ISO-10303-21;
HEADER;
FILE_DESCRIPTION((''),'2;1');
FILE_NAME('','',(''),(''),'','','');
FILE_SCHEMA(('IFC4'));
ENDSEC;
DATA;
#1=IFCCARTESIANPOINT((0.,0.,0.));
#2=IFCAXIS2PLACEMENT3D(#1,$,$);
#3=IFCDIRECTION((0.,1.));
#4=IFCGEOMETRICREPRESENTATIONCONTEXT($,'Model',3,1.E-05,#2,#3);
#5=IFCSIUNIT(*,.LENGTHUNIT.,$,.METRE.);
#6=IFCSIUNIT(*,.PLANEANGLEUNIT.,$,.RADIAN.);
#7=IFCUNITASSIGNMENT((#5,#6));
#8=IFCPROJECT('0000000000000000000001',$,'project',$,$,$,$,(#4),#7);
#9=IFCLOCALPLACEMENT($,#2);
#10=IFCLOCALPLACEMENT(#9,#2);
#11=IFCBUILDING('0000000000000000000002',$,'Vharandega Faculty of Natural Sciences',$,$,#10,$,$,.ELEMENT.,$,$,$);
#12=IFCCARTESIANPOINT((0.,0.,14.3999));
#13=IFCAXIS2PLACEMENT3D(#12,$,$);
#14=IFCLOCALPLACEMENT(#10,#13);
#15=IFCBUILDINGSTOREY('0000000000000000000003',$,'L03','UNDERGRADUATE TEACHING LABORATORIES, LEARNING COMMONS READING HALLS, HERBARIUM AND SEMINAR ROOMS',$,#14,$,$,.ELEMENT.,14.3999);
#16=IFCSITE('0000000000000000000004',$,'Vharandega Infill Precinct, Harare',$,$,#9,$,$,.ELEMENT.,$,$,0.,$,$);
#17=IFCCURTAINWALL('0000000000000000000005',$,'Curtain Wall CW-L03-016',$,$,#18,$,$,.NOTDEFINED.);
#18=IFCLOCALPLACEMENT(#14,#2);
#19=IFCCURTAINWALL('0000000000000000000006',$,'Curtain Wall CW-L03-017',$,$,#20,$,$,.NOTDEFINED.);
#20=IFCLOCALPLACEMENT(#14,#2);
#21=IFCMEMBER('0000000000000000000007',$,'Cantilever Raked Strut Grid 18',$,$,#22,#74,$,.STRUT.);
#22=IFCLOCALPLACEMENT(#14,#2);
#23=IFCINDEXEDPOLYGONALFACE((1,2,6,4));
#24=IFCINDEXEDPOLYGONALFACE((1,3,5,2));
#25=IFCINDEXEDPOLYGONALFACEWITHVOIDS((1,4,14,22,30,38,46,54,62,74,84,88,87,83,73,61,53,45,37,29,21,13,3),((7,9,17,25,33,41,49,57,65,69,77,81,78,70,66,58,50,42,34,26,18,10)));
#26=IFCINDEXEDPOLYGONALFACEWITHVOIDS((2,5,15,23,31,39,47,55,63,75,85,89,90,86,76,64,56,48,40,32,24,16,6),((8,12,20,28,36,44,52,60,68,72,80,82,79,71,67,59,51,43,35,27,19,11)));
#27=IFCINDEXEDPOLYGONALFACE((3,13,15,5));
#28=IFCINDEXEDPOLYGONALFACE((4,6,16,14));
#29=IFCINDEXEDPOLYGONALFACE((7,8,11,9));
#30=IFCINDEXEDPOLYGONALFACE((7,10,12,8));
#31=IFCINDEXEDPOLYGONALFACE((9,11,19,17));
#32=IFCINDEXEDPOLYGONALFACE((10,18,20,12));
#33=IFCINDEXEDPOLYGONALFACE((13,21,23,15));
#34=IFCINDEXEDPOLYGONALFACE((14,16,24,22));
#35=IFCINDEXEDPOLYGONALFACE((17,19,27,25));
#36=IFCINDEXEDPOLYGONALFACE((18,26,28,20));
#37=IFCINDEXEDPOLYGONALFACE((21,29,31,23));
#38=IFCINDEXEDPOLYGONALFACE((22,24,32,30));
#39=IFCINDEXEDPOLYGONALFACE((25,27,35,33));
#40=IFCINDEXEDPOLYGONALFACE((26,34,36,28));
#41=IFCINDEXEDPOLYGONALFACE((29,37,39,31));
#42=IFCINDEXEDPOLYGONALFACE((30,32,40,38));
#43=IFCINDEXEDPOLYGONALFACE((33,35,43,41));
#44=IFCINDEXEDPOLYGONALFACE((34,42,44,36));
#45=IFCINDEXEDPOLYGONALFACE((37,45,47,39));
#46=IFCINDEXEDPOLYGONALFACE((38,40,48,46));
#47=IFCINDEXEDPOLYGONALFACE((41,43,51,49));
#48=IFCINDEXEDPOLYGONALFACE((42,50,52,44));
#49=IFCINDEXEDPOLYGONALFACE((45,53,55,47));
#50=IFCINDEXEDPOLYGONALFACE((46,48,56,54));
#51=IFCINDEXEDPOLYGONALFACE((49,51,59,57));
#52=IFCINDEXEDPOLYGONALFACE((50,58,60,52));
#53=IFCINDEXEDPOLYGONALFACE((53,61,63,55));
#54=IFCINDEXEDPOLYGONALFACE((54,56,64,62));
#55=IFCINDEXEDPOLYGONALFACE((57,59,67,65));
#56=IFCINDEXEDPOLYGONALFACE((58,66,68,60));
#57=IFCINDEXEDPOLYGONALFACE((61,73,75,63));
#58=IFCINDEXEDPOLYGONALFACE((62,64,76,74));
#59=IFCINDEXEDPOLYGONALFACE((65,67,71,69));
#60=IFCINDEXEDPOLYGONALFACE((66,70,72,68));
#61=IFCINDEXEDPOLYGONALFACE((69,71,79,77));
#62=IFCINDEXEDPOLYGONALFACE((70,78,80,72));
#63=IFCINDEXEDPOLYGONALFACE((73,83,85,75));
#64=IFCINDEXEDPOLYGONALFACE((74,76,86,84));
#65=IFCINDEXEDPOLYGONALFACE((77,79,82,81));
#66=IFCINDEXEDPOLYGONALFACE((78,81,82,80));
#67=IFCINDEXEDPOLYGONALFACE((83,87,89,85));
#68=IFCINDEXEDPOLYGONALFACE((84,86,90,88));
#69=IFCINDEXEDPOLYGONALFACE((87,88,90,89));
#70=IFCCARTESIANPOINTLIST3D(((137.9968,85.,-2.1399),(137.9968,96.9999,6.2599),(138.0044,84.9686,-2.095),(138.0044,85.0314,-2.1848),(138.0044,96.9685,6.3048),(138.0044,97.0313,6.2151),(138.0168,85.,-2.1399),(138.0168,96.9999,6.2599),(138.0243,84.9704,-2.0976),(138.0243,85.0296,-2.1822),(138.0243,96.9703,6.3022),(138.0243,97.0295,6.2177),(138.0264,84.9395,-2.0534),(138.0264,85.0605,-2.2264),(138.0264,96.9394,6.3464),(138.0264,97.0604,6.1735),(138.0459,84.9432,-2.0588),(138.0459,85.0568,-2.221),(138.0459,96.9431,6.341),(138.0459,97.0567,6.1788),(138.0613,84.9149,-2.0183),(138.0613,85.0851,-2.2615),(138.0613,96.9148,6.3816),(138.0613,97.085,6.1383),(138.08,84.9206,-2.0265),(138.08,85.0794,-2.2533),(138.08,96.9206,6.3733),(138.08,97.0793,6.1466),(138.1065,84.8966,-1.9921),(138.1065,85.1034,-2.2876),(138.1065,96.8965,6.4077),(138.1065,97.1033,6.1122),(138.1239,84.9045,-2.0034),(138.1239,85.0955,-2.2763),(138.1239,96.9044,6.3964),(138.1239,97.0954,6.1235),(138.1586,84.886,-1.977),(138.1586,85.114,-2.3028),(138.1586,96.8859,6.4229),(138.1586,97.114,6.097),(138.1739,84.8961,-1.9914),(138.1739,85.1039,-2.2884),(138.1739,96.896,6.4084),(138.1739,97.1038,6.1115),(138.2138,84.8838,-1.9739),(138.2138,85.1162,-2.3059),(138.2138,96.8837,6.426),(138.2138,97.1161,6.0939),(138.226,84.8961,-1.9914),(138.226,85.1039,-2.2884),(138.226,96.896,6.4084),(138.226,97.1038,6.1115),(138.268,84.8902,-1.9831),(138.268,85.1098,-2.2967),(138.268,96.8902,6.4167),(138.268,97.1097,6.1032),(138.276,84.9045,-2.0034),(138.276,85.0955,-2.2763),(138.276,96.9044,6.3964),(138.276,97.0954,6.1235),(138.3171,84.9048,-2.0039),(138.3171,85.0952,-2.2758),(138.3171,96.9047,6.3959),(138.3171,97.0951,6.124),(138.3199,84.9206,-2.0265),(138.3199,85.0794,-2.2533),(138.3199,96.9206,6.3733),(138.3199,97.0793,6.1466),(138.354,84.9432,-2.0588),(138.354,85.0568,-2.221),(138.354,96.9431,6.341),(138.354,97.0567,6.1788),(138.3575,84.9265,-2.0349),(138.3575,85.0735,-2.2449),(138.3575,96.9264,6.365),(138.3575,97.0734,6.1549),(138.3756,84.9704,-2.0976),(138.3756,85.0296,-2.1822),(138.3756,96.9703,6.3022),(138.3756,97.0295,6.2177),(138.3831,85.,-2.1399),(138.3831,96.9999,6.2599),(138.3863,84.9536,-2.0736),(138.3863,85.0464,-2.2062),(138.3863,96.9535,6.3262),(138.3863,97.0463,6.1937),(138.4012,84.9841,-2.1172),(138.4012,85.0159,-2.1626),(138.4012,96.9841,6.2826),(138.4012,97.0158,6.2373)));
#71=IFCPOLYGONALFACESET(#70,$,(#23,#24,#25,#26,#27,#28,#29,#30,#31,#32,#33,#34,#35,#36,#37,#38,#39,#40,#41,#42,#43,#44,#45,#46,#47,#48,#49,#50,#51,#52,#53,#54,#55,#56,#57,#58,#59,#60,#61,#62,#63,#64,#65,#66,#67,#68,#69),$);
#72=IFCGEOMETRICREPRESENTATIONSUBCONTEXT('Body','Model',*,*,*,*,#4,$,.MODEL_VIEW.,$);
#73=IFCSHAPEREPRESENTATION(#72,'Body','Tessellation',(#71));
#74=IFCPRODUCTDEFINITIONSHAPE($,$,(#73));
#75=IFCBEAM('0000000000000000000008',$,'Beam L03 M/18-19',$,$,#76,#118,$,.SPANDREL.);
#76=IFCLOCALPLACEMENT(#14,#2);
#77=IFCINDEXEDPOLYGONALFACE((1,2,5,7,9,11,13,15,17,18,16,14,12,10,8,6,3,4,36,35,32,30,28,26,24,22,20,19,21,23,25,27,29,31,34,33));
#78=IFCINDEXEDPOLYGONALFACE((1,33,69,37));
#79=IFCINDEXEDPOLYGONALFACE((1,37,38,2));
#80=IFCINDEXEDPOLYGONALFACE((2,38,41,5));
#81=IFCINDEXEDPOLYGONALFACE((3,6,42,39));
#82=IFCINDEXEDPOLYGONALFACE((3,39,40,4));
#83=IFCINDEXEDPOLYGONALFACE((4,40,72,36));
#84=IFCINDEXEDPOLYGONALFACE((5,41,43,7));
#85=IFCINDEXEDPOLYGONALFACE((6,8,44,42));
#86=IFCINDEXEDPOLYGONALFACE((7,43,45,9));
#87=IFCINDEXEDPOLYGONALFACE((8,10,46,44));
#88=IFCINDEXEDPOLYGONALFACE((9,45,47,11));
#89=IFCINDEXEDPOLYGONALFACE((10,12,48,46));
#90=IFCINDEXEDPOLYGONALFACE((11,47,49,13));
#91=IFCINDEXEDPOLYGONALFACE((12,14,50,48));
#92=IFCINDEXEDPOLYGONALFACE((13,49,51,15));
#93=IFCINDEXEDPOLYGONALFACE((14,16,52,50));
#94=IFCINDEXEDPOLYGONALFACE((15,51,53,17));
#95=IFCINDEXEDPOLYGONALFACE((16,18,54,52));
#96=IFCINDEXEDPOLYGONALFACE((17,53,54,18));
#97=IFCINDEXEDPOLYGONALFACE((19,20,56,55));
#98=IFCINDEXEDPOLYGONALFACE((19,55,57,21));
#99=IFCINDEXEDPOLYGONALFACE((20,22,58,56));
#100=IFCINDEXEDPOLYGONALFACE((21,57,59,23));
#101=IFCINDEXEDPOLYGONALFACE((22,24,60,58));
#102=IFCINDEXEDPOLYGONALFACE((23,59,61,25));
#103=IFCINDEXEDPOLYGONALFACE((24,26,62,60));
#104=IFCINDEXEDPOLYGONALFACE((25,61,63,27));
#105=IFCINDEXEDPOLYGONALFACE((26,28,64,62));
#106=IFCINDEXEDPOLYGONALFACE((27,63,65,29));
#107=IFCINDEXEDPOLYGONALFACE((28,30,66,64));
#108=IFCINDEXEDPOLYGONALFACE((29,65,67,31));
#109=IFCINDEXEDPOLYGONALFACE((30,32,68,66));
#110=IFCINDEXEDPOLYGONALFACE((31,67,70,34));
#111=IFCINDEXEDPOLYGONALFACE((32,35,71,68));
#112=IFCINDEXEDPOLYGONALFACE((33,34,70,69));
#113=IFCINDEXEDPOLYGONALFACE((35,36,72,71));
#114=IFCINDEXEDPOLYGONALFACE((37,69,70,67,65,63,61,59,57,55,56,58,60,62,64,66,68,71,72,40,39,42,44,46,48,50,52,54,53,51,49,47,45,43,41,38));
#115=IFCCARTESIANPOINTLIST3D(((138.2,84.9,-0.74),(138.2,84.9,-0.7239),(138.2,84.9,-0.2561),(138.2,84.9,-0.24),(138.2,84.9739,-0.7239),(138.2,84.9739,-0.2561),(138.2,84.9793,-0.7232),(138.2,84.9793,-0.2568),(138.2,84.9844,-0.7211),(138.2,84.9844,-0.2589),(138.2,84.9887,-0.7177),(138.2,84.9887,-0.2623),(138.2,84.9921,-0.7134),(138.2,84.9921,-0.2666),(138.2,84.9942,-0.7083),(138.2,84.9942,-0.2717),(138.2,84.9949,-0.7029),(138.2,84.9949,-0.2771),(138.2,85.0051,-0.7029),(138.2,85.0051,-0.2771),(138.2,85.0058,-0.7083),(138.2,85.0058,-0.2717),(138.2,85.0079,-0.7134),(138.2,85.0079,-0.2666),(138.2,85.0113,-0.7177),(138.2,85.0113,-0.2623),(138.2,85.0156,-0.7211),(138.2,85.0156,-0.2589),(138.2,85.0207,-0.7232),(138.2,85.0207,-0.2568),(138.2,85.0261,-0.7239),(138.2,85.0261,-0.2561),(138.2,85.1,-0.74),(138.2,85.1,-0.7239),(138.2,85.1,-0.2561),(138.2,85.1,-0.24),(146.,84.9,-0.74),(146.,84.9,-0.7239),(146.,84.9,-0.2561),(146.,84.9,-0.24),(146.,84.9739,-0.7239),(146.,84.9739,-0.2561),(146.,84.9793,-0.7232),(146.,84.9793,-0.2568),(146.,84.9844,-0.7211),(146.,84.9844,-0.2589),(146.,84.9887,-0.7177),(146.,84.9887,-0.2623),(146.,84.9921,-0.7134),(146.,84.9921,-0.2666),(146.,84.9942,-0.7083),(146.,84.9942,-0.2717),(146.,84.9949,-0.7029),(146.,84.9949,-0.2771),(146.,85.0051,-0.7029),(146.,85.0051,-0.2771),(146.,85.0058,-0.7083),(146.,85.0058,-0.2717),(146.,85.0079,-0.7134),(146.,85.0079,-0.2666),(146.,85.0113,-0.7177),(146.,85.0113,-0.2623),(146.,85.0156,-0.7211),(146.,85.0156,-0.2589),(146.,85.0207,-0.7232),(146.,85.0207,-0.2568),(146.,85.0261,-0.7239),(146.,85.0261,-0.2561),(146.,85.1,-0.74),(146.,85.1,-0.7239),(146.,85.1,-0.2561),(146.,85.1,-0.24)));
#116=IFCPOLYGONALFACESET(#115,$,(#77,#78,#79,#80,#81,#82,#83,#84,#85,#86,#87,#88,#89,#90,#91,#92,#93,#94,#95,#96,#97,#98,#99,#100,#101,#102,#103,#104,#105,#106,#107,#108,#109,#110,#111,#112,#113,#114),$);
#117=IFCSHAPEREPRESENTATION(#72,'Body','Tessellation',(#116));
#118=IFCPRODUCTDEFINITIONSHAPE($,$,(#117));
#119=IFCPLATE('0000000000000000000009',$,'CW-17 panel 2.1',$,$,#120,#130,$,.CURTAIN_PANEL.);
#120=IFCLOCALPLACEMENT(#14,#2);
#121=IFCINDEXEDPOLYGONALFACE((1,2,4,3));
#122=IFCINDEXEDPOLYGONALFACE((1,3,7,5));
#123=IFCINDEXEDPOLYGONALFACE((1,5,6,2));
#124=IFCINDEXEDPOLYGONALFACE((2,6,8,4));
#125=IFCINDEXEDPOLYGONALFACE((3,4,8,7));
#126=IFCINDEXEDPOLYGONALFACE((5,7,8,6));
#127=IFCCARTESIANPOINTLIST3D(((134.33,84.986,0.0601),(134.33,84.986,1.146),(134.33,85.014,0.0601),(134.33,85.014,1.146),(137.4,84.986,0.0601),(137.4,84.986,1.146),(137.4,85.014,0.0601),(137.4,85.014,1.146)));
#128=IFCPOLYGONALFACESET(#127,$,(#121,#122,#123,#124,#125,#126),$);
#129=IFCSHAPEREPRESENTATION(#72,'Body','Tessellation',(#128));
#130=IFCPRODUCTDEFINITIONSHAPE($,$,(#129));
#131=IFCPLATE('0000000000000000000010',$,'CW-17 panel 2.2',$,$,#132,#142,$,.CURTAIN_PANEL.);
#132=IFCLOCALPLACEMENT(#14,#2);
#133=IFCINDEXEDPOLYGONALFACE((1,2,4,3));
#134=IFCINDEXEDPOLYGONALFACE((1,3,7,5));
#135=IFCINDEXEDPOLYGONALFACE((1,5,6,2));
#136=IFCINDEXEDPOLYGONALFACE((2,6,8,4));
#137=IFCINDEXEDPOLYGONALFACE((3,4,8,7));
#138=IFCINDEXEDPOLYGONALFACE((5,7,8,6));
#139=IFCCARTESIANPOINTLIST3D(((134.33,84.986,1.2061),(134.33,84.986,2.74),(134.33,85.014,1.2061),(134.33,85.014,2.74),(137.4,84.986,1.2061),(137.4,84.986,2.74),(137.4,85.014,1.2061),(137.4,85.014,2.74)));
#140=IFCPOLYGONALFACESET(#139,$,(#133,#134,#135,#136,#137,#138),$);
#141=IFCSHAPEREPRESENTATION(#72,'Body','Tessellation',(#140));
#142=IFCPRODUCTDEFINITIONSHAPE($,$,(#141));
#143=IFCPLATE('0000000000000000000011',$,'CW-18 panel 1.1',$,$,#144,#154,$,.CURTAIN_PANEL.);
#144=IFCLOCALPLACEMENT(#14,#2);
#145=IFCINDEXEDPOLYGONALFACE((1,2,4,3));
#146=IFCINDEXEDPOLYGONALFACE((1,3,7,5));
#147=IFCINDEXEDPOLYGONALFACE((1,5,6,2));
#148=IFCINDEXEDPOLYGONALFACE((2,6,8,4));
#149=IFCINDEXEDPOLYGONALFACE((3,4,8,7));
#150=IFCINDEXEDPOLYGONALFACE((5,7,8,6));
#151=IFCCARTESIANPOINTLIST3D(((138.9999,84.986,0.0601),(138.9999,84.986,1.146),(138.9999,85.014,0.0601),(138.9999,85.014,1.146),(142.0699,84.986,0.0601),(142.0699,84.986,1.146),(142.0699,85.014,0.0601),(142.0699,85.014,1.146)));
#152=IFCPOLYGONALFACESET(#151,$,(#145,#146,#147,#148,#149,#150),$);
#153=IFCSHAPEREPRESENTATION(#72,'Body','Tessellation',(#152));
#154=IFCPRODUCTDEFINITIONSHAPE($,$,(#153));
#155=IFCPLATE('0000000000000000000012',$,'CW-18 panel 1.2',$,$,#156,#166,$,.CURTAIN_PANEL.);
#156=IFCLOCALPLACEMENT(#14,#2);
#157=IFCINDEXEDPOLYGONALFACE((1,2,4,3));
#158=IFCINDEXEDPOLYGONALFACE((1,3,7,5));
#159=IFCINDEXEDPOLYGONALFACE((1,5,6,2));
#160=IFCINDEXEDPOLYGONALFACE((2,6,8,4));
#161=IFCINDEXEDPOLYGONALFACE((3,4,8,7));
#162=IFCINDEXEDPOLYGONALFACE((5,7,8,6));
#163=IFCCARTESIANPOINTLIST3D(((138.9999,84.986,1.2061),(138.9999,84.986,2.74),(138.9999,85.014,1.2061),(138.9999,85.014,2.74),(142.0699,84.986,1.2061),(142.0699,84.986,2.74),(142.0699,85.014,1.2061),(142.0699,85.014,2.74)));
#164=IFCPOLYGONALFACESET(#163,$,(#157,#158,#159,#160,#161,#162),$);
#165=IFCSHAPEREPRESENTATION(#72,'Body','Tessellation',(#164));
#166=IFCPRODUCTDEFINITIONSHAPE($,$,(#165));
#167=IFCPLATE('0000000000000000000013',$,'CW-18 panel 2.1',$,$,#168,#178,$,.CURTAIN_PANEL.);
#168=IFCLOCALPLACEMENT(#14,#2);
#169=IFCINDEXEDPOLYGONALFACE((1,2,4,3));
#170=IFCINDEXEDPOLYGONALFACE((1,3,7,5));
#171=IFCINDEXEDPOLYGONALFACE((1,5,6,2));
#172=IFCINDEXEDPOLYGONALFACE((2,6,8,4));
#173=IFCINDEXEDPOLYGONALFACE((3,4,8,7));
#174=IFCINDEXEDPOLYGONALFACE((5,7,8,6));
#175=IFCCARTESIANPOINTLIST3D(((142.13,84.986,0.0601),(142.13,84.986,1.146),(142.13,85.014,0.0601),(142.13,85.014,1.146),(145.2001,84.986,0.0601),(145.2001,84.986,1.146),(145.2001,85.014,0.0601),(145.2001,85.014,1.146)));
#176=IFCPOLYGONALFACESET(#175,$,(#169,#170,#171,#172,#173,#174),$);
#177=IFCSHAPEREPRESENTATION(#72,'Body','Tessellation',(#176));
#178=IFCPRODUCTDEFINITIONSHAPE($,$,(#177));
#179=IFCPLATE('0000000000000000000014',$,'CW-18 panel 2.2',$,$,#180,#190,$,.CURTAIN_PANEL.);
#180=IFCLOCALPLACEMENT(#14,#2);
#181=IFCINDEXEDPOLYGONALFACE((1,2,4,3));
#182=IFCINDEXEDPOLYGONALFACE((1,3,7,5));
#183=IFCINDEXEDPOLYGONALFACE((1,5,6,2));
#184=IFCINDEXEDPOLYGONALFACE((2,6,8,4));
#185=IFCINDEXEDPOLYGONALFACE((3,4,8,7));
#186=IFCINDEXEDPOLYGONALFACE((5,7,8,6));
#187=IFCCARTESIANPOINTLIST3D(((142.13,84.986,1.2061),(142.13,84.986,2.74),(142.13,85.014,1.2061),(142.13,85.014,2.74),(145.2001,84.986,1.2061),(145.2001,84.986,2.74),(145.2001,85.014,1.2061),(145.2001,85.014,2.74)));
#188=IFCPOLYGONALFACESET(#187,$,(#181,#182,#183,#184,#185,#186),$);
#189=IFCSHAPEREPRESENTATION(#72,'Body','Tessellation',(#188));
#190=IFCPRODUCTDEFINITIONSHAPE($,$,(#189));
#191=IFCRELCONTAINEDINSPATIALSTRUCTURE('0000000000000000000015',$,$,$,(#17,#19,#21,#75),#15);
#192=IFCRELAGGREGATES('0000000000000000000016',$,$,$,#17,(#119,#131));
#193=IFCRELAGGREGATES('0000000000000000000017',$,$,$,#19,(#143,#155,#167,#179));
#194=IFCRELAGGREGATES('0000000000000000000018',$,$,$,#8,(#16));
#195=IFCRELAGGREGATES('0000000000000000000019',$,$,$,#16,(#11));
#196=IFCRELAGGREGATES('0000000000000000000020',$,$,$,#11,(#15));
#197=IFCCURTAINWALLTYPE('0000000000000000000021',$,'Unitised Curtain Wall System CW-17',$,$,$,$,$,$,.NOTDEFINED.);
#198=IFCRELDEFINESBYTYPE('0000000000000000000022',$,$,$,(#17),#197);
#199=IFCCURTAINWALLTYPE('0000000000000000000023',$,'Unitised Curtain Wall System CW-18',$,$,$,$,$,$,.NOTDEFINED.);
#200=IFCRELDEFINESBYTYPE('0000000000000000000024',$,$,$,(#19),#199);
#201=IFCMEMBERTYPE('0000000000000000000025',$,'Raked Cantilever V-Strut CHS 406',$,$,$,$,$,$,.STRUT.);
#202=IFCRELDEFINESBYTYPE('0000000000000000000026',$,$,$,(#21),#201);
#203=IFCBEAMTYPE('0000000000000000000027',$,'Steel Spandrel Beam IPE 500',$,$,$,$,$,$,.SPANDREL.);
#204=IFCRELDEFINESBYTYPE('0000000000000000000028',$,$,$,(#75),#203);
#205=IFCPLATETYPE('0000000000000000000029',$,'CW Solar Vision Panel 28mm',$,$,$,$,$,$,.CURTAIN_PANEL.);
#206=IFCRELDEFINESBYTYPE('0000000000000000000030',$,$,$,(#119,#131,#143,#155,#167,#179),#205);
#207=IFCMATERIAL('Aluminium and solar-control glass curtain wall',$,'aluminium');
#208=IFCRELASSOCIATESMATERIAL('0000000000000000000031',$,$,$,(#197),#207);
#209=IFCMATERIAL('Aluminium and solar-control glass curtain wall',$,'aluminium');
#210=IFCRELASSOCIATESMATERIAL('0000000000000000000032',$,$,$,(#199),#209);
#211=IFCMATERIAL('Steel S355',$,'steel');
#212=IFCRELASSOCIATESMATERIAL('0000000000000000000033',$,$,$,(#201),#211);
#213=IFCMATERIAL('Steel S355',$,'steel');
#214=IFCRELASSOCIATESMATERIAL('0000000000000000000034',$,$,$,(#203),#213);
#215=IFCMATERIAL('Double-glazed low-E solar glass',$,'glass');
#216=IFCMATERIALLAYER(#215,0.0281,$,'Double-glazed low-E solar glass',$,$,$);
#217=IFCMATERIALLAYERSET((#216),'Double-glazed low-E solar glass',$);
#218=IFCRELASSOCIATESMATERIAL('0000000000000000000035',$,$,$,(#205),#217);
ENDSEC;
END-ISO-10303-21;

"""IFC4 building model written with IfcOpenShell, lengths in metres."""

from ifc_helpers import new_model, si_unit, direction, frame, origin, origin_2d, place, context, subcontext, project, spatial, rectangle, hollow_circle, i_section, extrude, material, layer, layer_set, material_profile, profile_set, type_object, element, aggregate, save


model = new_model("IFC4")

# Units and contexts
model_context = context("Model", 3, precision=1e-05, world=origin(), true_north=direction((0.0, 1.0)))
body_context = subcontext(model_context, "Body", "Model", "MODEL_VIEW")
ifc_project = project(units=[si_unit("LENGTHUNIT", "METRE"), si_unit("PLANEANGLEUNIT", "RADIAN")], contexts=[model_context])

# Site, building, storey
site_placement = place(None, origin())
site = spatial("IfcSite", under=ifc_project, at=site_placement, Name="Vharandega Infill Precinct, Harare", CompositionType="ELEMENT", RefElevation=0.0)
building_placement = place(site_placement, origin())
building = spatial("IfcBuilding", under=site, at=building_placement, Name="Vharandega Faculty of Natural Sciences", CompositionType="ELEMENT")
storey_placement = place(building_placement, frame((0.0, 0.0, 14.3999)))
storey = spatial("IfcBuildingStorey", under=building, at=storey_placement, Name="L03", Description="UNDERGRADUATE TEACHING LABORATORIES, LEARNING COMMONS READING HALLS, HERBARIUM AND SEMINAR ROOMS", CompositionType="ELEMENT", Elevation=14.3999)

# Curtain wall
ifc_material_1 = material(Name="Aluminium and solar-control glass curtain wall", Category="aluminium")
curtain_wall_type_1 = type_object("IfcCurtainWallType", Name="Unitised Curtain Wall System CW-17", PredefinedType="NOTDEFINED", material=ifc_material_1)
curtain_wall_1_placement = place(storey_placement, origin())
curtain_wall_1 = element("IfcCurtainWall", 1, at=curtain_wall_1_placement, inside=storey, type_object=curtain_wall_type_1, Name="Curtain Wall CW-L03-016", PredefinedType="NOTDEFINED")

# Curtain wall
ifc_material_2 = material(Name="Aluminium and solar-control glass curtain wall", Category="aluminium")
curtain_wall_type_2 = type_object("IfcCurtainWallType", Name="Unitised Curtain Wall System CW-18", PredefinedType="NOTDEFINED", material=ifc_material_2)
curtain_wall_2_placement = place(storey_placement, origin())
curtain_wall_2 = element("IfcCurtainWall", 2, at=curtain_wall_2_placement, inside=storey, type_object=curtain_wall_type_2, Name="Curtain Wall CW-L03-017", PredefinedType="NOTDEFINED")

# Member
ifc_material_3 = material(Name="Steel S355", Category="steel")
ifc_material_profile_1 = material_profile(ifc_material_3, hollow_circle(Radius=0.2031, WallThickness=0.02, at=origin_2d()), Name="CHS 406.4x20")
ifc_profile_set_1 = profile_set([ifc_material_profile_1], Name="Steel S355")
member_type_1 = type_object("IfcMemberType", Name="Raked Cantilever V-Strut CHS 406", PredefinedType="STRUT", material=ifc_profile_set_1)
member_1_placement = place(storey_placement, frame((138.2, 85.0, -2.1399), z_axis=(0.0, 0.819235, 0.573458), x_axis=(-1.0, 0.0, 0.0)))
element("IfcMember", 3, at=member_1_placement, inside=storey, type_object=member_type_1, Name="Cantilever Raked Strut Grid 18", PredefinedType="STRUT", context=body_context, shape_type="SweptSolid", body=[
    extrude(hollow_circle(Radius=0.2031, WallThickness=0.02, at=origin_2d()), origin(), (0.0, 0.0, 1.0), 14.6477),
])

# Beam
ifc_material_4 = material(Name="Steel S355", Category="steel")
ifc_material_profile_2 = material_profile(ifc_material_4, i_section(OverallWidth=0.2, OverallDepth=0.5, WebThickness=0.0103, FlangeThickness=0.0161, FilletRadius=0.021, at=origin_2d()), Name="IPE 500")
ifc_profile_set_2 = profile_set([ifc_material_profile_2], Name="Steel S355")
beam_type = type_object("IfcBeamType", Name="Steel Spandrel Beam IPE 500", PredefinedType="SPANDREL", material=ifc_profile_set_2)
beam_placement = place(storey_placement, frame((138.2, 85.0, -0.49), z_axis=(1.0, 0.0, 0.0), x_axis=(0.0, 1.0, 0.0)))
element("IfcBeam", 4, at=beam_placement, inside=storey, type_object=beam_type, Name="Beam L03 M/18-19", PredefinedType="SPANDREL", context=body_context, shape_type="SweptSolid", body=[
    extrude(i_section(OverallWidth=0.2, OverallDepth=0.5, WebThickness=0.0103, FlangeThickness=0.0161, FilletRadius=0.021, at=origin_2d()), origin(), (0.0, 0.0, 1.0), 7.8),
])

# Plates
ifc_material_5 = material(Name="Double-glazed low-E solar glass", Category="glass")
ifc_layer_1 = layer(ifc_material_5, 0.0281, Name="Double-glazed low-E solar glass")
ifc_layer_set_1 = layer_set([ifc_layer_1], Name="Double-glazed low-E solar glass")
plate_type_1 = type_object("IfcPlateType", Name="CW Solar Vision Panel 28mm", PredefinedType="CURTAIN_PANEL", material=ifc_layer_set_1)
plate_1_placement = place(storey_placement, frame((135.865, 85.0, 0.0601), z_axis=(0.0, 0.0, 1.0), x_axis=(1.0, 0.0, 0.0)))
plate_1 = element("IfcPlate", 5, at=plate_1_placement, type_object=plate_type_1, Name="CW-17 panel 2.1", PredefinedType="CURTAIN_PANEL", context=body_context, shape_type="SweptSolid", body=[
    extrude(rectangle(XDim=3.0701, YDim=0.0281, at=origin_2d()), origin(), (0.0, 0.0, 1.0), 1.0859),
])
plate_2_placement = place(storey_placement, frame((135.865, 85.0, 1.2061), z_axis=(0.0, 0.0, 1.0), x_axis=(1.0, 0.0, 0.0)))
plate_2 = element("IfcPlate", 6, at=plate_2_placement, type_object=plate_type_1, Name="CW-17 panel 2.2", PredefinedType="CURTAIN_PANEL", context=body_context, shape_type="SweptSolid", body=[
    extrude(rectangle(XDim=3.0701, YDim=0.0281, at=origin_2d()), origin(), (0.0, 0.0, 1.0), 1.5339),
])
aggregate(curtain_wall_1, [plate_1, plate_2])
plate_3_placement = place(storey_placement, frame((140.5349, 85.0, 0.0601), z_axis=(0.0, 0.0, 1.0), x_axis=(1.0, 0.0, 0.0)))
plate_3 = element("IfcPlate", 7, at=plate_3_placement, type_object=plate_type_1, Name="CW-18 panel 1.1", PredefinedType="CURTAIN_PANEL", context=body_context, shape_type="SweptSolid", body=[
    extrude(rectangle(XDim=3.0701, YDim=0.0281, at=origin_2d()), origin(), (0.0, 0.0, 1.0), 1.0859),
])
plate_4_placement = place(storey_placement, frame((140.5349, 85.0, 1.2061), z_axis=(0.0, 0.0, 1.0), x_axis=(1.0, 0.0, 0.0)))
plate_4 = element("IfcPlate", 8, at=plate_4_placement, type_object=plate_type_1, Name="CW-18 panel 1.2", PredefinedType="CURTAIN_PANEL", context=body_context, shape_type="SweptSolid", body=[
    extrude(rectangle(XDim=3.0701, YDim=0.0281, at=origin_2d()), origin(), (0.0, 0.0, 1.0), 1.5339),
])
plate_5_placement = place(storey_placement, frame((143.665, 85.0, 0.0601), z_axis=(0.0, 0.0, 1.0), x_axis=(1.0, 0.0, 0.0)))
plate_5 = element("IfcPlate", 9, at=plate_5_placement, type_object=plate_type_1, Name="CW-18 panel 2.1", PredefinedType="CURTAIN_PANEL", context=body_context, shape_type="SweptSolid", body=[
    extrude(rectangle(XDim=3.0701, YDim=0.0281, at=origin_2d()), origin(), (0.0, 0.0, 1.0), 1.0859),
])
plate_6_placement = place(storey_placement, frame((143.665, 85.0, 1.2061), z_axis=(0.0, 0.0, 1.0), x_axis=(1.0, 0.0, 0.0)))
plate_6 = element("IfcPlate", 10, at=plate_6_placement, type_object=plate_type_1, Name="CW-18 panel 2.2", PredefinedType="CURTAIN_PANEL", context=body_context, shape_type="SweptSolid", body=[
    extrude(rectangle(XDim=3.0701, YDim=0.0281, at=origin_2d()), origin(), (0.0, 0.0, 1.0), 1.5339),
])
aggregate(curtain_wall_2, [plate_3, plate_4, plate_5, plate_6])

save(model, "model.ifc")
